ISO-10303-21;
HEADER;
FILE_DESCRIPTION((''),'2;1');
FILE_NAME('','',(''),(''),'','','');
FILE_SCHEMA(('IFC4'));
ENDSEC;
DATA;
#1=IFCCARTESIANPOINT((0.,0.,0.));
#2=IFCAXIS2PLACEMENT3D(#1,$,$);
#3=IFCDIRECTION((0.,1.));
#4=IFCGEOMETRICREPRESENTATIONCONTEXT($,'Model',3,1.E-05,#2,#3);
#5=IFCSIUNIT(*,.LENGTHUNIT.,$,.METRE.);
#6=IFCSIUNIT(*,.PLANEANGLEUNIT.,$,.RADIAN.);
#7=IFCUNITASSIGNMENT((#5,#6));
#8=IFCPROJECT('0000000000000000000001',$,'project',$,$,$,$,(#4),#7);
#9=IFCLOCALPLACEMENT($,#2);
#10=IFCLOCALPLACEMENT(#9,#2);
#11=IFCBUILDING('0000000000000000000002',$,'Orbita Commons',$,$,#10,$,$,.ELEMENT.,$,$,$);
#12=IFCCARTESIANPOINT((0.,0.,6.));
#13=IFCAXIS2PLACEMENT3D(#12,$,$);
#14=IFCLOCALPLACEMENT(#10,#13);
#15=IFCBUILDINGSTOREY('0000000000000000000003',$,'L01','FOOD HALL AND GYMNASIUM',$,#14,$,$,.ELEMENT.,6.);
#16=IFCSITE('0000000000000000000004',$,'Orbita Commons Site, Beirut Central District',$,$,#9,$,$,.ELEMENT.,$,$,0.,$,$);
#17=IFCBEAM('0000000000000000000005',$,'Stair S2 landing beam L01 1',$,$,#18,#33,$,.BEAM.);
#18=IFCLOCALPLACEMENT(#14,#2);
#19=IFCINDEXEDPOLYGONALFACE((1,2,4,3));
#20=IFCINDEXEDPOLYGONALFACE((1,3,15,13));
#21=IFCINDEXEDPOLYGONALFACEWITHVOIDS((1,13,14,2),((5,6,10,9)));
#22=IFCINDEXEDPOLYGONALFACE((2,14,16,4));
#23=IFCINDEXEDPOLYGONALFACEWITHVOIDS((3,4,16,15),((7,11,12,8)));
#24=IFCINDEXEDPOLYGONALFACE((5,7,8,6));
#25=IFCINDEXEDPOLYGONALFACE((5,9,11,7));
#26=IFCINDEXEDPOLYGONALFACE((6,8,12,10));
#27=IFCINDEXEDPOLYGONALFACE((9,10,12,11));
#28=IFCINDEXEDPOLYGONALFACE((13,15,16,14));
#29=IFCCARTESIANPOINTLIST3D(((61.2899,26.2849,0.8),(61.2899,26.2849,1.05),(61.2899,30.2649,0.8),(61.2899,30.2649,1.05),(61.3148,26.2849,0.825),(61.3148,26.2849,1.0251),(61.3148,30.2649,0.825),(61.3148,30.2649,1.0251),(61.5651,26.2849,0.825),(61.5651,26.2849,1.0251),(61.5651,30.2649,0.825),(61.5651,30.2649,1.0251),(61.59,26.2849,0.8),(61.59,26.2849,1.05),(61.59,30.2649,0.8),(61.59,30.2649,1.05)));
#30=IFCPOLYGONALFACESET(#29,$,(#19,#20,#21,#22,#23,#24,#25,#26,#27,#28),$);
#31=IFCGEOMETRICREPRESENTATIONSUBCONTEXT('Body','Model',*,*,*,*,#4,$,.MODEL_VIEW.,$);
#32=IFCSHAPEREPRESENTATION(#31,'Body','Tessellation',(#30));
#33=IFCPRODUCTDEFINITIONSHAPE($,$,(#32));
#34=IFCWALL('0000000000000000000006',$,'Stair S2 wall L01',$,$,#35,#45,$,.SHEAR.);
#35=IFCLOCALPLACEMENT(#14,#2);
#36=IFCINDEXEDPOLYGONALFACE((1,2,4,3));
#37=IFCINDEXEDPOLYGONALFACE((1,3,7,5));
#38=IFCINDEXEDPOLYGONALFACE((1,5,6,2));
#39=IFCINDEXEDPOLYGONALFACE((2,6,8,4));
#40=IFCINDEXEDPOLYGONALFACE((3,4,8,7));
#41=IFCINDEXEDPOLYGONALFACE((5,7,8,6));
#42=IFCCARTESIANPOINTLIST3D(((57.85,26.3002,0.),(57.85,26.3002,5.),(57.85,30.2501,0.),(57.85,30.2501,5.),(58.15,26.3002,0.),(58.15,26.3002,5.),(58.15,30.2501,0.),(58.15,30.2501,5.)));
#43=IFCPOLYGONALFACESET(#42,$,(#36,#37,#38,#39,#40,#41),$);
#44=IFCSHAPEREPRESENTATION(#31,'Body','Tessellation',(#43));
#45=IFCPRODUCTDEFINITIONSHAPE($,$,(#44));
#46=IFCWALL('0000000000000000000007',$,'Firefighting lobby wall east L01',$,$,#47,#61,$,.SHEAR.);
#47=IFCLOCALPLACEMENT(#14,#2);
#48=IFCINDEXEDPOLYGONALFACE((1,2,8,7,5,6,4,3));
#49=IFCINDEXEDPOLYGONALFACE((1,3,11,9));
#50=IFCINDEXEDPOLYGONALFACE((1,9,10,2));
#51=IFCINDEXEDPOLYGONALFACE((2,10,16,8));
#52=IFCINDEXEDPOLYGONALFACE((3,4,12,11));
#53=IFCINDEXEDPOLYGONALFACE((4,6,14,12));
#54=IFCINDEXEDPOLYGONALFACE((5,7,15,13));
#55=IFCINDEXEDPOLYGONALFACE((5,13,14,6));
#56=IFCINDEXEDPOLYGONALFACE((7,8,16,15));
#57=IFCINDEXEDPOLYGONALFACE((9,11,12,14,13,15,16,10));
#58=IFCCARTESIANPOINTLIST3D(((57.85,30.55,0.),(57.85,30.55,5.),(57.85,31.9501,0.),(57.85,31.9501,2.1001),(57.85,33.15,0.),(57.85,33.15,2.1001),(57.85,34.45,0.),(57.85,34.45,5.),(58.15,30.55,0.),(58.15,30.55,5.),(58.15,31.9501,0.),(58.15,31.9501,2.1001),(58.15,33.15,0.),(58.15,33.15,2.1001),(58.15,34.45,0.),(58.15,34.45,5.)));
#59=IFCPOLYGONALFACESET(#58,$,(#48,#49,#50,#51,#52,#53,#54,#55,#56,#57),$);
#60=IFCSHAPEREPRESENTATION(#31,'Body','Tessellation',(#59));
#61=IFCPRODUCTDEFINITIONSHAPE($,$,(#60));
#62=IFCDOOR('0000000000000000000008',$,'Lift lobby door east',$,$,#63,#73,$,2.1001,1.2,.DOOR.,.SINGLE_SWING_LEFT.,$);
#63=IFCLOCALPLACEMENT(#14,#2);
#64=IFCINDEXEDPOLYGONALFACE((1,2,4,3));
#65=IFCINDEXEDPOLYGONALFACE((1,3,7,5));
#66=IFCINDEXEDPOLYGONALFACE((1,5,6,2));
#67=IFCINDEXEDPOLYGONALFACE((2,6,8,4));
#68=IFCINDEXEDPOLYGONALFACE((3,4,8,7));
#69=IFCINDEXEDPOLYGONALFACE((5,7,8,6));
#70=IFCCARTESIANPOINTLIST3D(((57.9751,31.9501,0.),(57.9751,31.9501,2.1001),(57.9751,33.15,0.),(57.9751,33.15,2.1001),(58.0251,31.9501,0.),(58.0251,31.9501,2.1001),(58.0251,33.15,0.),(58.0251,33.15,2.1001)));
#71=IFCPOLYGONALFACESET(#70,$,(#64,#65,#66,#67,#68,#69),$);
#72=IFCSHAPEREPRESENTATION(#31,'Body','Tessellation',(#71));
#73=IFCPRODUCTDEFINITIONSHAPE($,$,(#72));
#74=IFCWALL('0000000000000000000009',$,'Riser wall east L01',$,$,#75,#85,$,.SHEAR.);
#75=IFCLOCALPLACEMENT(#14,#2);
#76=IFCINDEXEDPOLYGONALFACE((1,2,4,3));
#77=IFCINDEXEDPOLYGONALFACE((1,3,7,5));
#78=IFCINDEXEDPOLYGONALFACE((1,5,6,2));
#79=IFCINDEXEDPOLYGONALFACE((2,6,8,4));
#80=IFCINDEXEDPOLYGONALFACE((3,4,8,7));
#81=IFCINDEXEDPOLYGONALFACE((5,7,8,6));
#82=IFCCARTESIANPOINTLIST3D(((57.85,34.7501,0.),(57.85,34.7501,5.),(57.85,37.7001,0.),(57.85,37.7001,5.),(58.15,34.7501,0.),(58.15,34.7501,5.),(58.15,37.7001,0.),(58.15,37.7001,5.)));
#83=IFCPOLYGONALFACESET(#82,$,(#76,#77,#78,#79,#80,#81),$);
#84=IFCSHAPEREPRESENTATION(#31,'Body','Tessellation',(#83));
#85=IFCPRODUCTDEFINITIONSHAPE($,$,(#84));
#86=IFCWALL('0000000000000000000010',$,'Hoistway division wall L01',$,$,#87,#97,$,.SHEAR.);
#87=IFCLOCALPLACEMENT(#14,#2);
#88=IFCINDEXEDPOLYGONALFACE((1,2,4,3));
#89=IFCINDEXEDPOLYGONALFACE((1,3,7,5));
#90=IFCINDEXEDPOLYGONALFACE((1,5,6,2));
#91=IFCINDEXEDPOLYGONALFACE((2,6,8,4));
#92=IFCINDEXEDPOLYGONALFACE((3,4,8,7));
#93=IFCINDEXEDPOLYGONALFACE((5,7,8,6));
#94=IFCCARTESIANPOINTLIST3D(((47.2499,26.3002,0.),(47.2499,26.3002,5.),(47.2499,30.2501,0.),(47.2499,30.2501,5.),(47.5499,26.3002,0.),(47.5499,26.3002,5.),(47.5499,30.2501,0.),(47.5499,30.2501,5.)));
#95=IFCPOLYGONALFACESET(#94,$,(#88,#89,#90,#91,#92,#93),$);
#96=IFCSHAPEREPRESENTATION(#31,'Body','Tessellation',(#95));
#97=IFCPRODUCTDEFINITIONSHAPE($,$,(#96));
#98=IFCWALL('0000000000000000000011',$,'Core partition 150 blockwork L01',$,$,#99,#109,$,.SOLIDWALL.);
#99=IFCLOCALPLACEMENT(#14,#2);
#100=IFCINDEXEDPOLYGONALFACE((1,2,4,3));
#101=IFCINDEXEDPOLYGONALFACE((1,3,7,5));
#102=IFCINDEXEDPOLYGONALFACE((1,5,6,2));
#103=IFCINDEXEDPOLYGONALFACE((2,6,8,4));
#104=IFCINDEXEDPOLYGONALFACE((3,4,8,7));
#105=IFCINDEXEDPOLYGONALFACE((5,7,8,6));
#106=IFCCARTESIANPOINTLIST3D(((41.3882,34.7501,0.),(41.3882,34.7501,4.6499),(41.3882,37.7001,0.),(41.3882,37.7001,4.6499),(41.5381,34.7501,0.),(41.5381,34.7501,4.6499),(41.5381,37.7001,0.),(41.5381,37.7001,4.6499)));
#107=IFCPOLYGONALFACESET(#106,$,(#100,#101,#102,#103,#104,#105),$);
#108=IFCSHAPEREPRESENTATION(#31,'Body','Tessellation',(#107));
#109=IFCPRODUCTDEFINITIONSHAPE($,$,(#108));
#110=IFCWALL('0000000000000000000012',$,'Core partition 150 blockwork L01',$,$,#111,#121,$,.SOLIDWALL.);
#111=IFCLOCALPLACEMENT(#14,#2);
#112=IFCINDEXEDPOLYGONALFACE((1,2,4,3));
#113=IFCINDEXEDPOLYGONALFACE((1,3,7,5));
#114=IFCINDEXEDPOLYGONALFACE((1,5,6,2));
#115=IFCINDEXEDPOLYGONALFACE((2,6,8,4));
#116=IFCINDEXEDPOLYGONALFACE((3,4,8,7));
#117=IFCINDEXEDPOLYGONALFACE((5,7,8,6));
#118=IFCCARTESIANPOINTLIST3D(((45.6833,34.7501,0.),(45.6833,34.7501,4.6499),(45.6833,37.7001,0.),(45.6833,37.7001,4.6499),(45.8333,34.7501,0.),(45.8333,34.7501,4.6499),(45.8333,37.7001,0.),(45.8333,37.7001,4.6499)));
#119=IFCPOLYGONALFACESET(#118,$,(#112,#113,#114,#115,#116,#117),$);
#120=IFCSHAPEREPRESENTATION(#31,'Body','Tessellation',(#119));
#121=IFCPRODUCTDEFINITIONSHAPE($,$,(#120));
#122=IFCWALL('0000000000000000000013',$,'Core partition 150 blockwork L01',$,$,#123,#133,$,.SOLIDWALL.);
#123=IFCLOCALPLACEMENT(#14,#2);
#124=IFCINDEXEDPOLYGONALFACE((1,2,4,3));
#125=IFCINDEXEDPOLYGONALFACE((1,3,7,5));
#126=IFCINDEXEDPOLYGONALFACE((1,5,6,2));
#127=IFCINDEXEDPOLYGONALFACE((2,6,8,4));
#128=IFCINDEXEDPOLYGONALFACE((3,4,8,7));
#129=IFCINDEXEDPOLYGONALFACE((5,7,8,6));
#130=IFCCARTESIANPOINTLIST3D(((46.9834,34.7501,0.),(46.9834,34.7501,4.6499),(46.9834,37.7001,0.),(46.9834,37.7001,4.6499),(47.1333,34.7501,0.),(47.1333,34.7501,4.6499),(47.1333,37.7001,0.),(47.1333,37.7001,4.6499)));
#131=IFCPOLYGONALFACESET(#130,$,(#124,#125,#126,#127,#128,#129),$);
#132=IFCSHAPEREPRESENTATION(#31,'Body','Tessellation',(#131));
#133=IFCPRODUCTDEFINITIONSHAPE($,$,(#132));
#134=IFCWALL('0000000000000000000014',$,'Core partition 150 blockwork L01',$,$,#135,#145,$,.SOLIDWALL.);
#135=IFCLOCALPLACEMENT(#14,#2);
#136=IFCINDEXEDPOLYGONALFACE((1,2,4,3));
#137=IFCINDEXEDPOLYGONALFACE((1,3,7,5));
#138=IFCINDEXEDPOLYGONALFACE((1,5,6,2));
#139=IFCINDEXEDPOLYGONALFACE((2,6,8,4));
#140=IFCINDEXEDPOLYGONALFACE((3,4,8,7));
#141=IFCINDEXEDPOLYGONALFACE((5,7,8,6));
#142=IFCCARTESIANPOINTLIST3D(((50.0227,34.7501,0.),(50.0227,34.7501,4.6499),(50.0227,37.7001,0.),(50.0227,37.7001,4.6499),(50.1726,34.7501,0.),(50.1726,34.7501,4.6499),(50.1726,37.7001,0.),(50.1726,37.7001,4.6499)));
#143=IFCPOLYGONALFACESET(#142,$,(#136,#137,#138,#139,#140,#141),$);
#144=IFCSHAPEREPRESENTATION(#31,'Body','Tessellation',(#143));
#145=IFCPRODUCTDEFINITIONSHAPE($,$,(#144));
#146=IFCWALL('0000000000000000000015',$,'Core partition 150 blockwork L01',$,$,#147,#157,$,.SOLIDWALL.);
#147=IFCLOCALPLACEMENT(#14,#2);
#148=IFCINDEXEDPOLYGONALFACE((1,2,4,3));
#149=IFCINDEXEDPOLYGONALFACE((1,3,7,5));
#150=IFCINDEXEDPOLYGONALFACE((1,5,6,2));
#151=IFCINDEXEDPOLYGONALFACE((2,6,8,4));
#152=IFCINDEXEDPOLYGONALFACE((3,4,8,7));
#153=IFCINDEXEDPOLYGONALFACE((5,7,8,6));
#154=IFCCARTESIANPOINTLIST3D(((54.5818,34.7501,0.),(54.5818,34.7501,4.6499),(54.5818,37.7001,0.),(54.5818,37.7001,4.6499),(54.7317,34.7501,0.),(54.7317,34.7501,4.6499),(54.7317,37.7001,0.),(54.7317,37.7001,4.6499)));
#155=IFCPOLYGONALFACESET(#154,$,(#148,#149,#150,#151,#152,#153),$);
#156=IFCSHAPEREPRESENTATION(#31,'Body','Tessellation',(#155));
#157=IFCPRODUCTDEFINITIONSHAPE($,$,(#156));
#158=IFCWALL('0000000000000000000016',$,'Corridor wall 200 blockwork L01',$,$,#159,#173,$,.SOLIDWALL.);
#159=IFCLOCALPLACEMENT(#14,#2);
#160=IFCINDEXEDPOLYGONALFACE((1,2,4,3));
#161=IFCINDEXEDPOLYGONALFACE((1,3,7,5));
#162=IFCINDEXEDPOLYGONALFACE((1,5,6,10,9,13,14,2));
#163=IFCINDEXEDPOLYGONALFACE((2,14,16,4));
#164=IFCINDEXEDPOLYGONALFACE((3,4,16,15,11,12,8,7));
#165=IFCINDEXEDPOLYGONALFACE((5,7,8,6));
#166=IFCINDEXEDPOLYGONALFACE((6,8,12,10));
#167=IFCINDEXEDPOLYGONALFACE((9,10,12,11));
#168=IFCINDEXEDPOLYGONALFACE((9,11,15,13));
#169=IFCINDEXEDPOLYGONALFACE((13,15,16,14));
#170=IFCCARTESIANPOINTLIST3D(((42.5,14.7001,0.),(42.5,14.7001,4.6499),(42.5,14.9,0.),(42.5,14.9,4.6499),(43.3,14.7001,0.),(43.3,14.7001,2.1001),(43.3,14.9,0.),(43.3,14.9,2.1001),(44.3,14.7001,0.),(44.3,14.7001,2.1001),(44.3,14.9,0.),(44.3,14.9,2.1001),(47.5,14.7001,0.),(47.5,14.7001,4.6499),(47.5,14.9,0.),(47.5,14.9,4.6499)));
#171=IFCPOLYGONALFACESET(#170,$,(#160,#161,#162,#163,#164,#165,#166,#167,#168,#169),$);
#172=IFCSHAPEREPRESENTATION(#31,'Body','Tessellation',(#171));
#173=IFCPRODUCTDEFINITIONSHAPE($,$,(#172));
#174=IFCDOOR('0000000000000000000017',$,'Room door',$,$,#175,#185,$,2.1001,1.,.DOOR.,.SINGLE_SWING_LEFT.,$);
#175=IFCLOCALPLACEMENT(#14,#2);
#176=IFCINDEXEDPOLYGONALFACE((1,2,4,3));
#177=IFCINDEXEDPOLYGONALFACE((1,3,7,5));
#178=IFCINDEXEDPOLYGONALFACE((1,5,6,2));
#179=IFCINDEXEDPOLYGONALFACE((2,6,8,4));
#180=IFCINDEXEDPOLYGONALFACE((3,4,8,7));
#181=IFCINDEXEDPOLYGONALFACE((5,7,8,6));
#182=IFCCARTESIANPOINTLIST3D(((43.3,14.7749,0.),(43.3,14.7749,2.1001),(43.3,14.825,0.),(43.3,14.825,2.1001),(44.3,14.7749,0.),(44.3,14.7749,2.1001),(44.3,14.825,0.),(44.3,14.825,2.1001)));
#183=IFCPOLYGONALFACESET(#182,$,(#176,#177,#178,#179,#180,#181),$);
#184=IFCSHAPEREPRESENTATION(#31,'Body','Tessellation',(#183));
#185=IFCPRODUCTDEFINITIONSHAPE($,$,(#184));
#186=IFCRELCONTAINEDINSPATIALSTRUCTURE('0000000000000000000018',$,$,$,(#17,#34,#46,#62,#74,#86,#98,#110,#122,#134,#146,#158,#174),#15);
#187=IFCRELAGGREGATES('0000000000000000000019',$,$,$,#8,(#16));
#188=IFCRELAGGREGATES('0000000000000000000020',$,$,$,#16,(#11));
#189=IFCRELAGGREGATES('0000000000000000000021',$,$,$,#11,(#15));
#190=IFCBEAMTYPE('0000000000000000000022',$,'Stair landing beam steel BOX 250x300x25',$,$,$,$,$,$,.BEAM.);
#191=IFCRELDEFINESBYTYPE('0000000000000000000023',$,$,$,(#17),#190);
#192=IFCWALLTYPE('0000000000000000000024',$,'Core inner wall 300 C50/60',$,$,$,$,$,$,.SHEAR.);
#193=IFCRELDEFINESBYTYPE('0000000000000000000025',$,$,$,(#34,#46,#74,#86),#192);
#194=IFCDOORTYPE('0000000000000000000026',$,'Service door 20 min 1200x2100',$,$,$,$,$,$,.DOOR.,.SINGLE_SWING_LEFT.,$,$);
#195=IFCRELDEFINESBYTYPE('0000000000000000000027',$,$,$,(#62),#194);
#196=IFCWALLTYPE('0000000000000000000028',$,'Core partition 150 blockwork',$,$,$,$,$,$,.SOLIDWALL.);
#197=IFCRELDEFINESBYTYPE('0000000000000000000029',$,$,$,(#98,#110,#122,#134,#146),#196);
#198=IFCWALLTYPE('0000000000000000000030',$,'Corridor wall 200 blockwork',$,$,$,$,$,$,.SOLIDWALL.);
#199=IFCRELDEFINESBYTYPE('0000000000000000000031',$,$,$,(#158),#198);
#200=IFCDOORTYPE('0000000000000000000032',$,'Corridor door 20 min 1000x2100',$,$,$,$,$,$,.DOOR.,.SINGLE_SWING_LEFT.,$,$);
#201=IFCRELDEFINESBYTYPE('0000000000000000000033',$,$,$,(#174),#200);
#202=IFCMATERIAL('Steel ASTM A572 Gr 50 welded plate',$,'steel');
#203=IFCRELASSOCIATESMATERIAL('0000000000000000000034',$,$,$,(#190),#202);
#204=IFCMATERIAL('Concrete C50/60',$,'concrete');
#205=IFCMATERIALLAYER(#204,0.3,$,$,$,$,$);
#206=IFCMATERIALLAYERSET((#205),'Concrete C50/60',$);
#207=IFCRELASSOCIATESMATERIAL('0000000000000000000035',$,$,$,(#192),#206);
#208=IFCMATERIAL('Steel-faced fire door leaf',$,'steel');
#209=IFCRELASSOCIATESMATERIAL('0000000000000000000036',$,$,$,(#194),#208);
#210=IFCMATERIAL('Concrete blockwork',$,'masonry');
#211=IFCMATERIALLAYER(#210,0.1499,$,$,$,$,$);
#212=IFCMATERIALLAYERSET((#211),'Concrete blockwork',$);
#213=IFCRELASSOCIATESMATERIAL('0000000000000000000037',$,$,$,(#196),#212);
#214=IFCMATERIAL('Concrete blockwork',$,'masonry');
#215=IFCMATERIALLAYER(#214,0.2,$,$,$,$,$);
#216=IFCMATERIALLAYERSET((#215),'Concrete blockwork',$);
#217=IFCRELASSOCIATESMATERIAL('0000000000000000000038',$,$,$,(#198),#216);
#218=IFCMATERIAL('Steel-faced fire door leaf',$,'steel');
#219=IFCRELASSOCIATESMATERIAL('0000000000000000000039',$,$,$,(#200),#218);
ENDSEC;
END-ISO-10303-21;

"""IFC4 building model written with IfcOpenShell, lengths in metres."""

from ifc_helpers import new_model, si_unit, direction, frame, frame_2d, origin, origin_2d, place, context, subcontext, project, spatial, rectangle, hollow_rectangle, extrude, material, layer, layer_set, material_profile, profile_set, type_object, element, fill, save


model = new_model("IFC4")

# Units and contexts
model_context = context("Model", 3, precision=1e-05, world=origin(), true_north=direction((0.0, 1.0)))
body_context = subcontext(model_context, "Body", "Model", "MODEL_VIEW")
ifc_project = project(units=[si_unit("LENGTHUNIT", "METRE"), si_unit("PLANEANGLEUNIT", "RADIAN")], contexts=[model_context])

# Site, building, storey
site_placement = place(None, origin())
site = spatial("IfcSite", under=ifc_project, at=site_placement, Name="Orbita Commons Site, Beirut Central District", CompositionType="ELEMENT", RefElevation=0.0)
building_placement = place(site_placement, origin())
building = spatial("IfcBuilding", under=site, at=building_placement, Name="Orbita Commons", CompositionType="ELEMENT")
storey_placement = place(building_placement, frame((0.0, 0.0, 6.0)))
storey = spatial("IfcBuildingStorey", under=building, at=storey_placement, Name="L01", Description="FOOD HALL AND GYMNASIUM", CompositionType="ELEMENT", Elevation=6.0)

# Beam
ifc_material_1 = material(Name="Steel ASTM A572 Gr 50 welded plate", Category="steel")
ifc_material_profile = material_profile(ifc_material_1, hollow_rectangle(XDim=0.3, YDim=0.25, WallThickness=0.0249, at=origin_2d()), Name="BOX 250x300x25")
ifc_profile_set = profile_set([ifc_material_profile], Name="Steel ASTM A572 Gr 50 welded plate")
beam_type = type_object("IfcBeamType", Name="Stair landing beam steel BOX 250x300x25", PredefinedType="BEAM", material=ifc_profile_set)
beam_placement = place(storey_placement, frame((61.4399, 26.2849, 0.925), z_axis=(0.0, 1.0, 0.0), x_axis=(-1.0, 0.0, 0.0)))
element("IfcBeam", 1, at=beam_placement, inside=storey, type_object=beam_type, Name="Stair S2 landing beam L01 1", PredefinedType="BEAM", context=body_context, shape_type="SweptSolid", body=[
    extrude(hollow_rectangle(XDim=0.3, YDim=0.25, WallThickness=0.0249, at=origin_2d()), origin(), (0.0, 0.0, 1.0), 3.98),
])

# Wall
ifc_material_2 = material(Name="Concrete C50/60", Category="concrete")
ifc_layer_1 = layer(ifc_material_2, 0.3)
ifc_layer_set_1 = layer_set([ifc_layer_1], Name="Concrete C50/60")
wall_type_1 = type_object("IfcWallType", Name="Core inner wall 300 C50/60", PredefinedType="SHEAR", material=ifc_layer_set_1)
wall_1_placement = place(storey_placement, frame((58.0, 26.3, 0.0), z_axis=(0.0, 0.0, 1.0), x_axis=(0.0, 1.0, 0.0)))
element("IfcWall", 2, at=wall_1_placement, inside=storey, type_object=wall_type_1, Name="Stair S2 wall L01", PredefinedType="SHEAR", context=body_context, shape_type="SweptSolid", body=[
    extrude(rectangle(XDim=3.95, YDim=0.3, at=frame_2d((1.9751, 0.0))), origin(), (0.0, 0.0, 1.0), 5.0),
])

# Wall, opening, door
wall_2_placement = place(storey_placement, frame((58.0, 30.55, 0.0), z_axis=(0.0, 0.0, 1.0), x_axis=(0.0, 1.0, 0.0)))
wall_2 = element("IfcWall", 3, at=wall_2_placement, inside=storey, type_object=wall_type_1, Name="Firefighting lobby wall east L01", PredefinedType="SHEAR", context=body_context, shape_type="SweptSolid", body=[
    extrude(rectangle(XDim=3.8999, YDim=0.3, at=frame_2d((1.95, 0.0))), origin(), (0.0, 0.0, 1.0), 5.0),
])
opening_1_placement = place(wall_2_placement, frame((1.3999, 0.0, 0.0)))
opening_1 = element("IfcOpeningElement", 4, at=opening_1_placement, cuts=wall_2, PredefinedType="OPENING", context=body_context, shape_type="SweptSolid", body=[
    extrude(rectangle(XDim=1.2, YDim=2.1001, at=frame_2d((0.6001, 1.05))), frame((0.0, 0.1599, 0.0), z_axis=(0.0, -1.0, 0.0), x_axis=(1.0, 0.0, 0.0)), (0.0, 0.0, 1.0), 0.3201),
])
ifc_material_3 = material(Name="Steel-faced fire door leaf", Category="steel")
door_type_1 = type_object("IfcDoorType", Name="Service door 20 min 1200x2100", OperationType="SINGLE_SWING_LEFT", PredefinedType="DOOR", material=ifc_material_3)
door_1_placement = place(opening_1_placement, origin())
door_1 = element("IfcDoor", 5, at=door_1_placement, inside=storey, type_object=door_type_1, Name="Lift lobby door east", OperationType="SINGLE_SWING_LEFT", OverallHeight=2.1001, OverallWidth=1.2, PredefinedType="DOOR", context=body_context, shape_type="SweptSolid", body=[
    extrude(rectangle(XDim=1.2, YDim=2.1001, at=frame_2d((0.6001, 1.05))), frame((0.0, 0.0249, 0.0), z_axis=(0.0, -1.0, 0.0), x_axis=(1.0, 0.0, 0.0)), (0.0, 0.0, 1.0), 0.05),
])
fill(opening_1, door_1)

# Walls
wall_3_placement = place(storey_placement, frame((58.0, 34.75, 0.0), z_axis=(0.0, 0.0, 1.0), x_axis=(0.0, 1.0, 0.0)))
element("IfcWall", 6, at=wall_3_placement, inside=storey, type_object=wall_type_1, Name="Riser wall east L01", PredefinedType="SHEAR", context=body_context, shape_type="SweptSolid", body=[
    extrude(rectangle(XDim=2.95, YDim=0.3, at=frame_2d((1.4751, 0.0))), origin(), (0.0, 0.0, 1.0), 5.0),
])
wall_4_placement = place(storey_placement, frame((47.3999, 26.3, 0.0), z_axis=(0.0, 0.0, 1.0), x_axis=(0.0, 1.0, 0.0)))
element("IfcWall", 7, at=wall_4_placement, inside=storey, type_object=wall_type_1, Name="Hoistway division wall L01", PredefinedType="SHEAR", context=body_context, shape_type="SweptSolid", body=[
    extrude(rectangle(XDim=3.95, YDim=0.3, at=frame_2d((1.9751, 0.0))), origin(), (0.0, 0.0, 1.0), 5.0),
])
ifc_material_4 = material(Name="Concrete blockwork", Category="masonry")
ifc_layer_2 = layer(ifc_material_4, 0.1499)
ifc_layer_set_2 = layer_set([ifc_layer_2], Name="Concrete blockwork")
wall_type_2 = type_object("IfcWallType", Name="Core partition 150 blockwork", PredefinedType="SOLIDWALL", material=ifc_layer_set_2)
for number, where, z_axis, x_axis, name in (
    (8, (41.4631, 34.75, 0.0), (0.0, 0.0, 1.0), (0.0, 1.0, 0.0), "Core partition 150 blockwork L01"),
    (9, (45.7583, 34.75, 0.0), (0.0, 0.0, 1.0), (0.0, 1.0, 0.0), "Core partition 150 blockwork L01"),
    (10, (47.0583, 34.75, 0.0), (0.0, 0.0, 1.0), (0.0, 1.0, 0.0), "Core partition 150 blockwork L01"),
    (11, (50.0977, 34.75, 0.0), (0.0, 0.0, 1.0), (0.0, 1.0, 0.0), "Core partition 150 blockwork L01"),
    (12, (54.6567, 34.75, 0.0), (0.0, 0.0, 1.0), (0.0, 1.0, 0.0), "Core partition 150 blockwork L01"),
):
    element("IfcWall", number, at=place(storey_placement, frame(where, z_axis=z_axis, x_axis=x_axis)), inside=storey, type_object=wall_type_2, Name=name, PredefinedType="SOLIDWALL", context=body_context, shape_type="SweptSolid", body=[
        extrude(rectangle(XDim=2.95, YDim=0.1499, at=frame_2d((1.4751, 0.0))), origin(), (0.0, 0.0, 1.0), 4.6499),
    ])

# Wall, opening, door
ifc_material_5 = material(Name="Concrete blockwork", Category="masonry")
ifc_layer_3 = layer(ifc_material_5, 0.2)
ifc_layer_set_3 = layer_set([ifc_layer_3], Name="Concrete blockwork")
wall_type_3 = type_object("IfcWallType", Name="Corridor wall 200 blockwork", PredefinedType="SOLIDWALL", material=ifc_layer_set_3)
wall_5_placement = place(storey_placement, frame((42.5, 14.8, 0.0), z_axis=(0.0, 0.0, 1.0), x_axis=(1.0, 0.0, 0.0)))
wall_5 = element("IfcWall", 13, at=wall_5_placement, inside=storey, type_object=wall_type_3, Name="Corridor wall 200 blockwork L01", PredefinedType="SOLIDWALL", context=body_context, shape_type="SweptSolid", body=[
    extrude(rectangle(XDim=5.0, YDim=0.2, at=frame_2d((2.5, 0.0))), origin(), (0.0, 0.0, 1.0), 4.6499),
])
opening_2_placement = place(wall_5_placement, frame((0.8, 0.0, 0.0)))
opening_2 = element("IfcOpeningElement", 14, at=opening_2_placement, cuts=wall_5, PredefinedType="OPENING", context=body_context, shape_type="SweptSolid", body=[
    extrude(rectangle(XDim=1.0, YDim=2.1001, at=frame_2d((0.5, 1.05))), frame((0.0, 0.1099, 0.0), z_axis=(0.0, -1.0, 0.0), x_axis=(1.0, 0.0, 0.0)), (0.0, 0.0, 1.0), 0.22),
])
ifc_material_6 = material(Name="Steel-faced fire door leaf", Category="steel")
door_type_2 = type_object("IfcDoorType", Name="Corridor door 20 min 1000x2100", OperationType="SINGLE_SWING_LEFT", PredefinedType="DOOR", material=ifc_material_6)
door_2_placement = place(opening_2_placement, origin())
door_2 = element("IfcDoor", 15, at=door_2_placement, inside=storey, type_object=door_type_2, Name="Room door", OperationType="SINGLE_SWING_LEFT", OverallHeight=2.1001, OverallWidth=1.0, PredefinedType="DOOR", context=body_context, shape_type="SweptSolid", body=[
    extrude(rectangle(XDim=1.0, YDim=2.1001, at=frame_2d((0.5, 1.05))), frame((0.0, 0.0249, 0.0), z_axis=(0.0, -1.0, 0.0), x_axis=(1.0, 0.0, 0.0)), (0.0, 0.0, 1.0), 0.05),
])
fill(opening_2, door_2)

save(model, "model.ifc")
